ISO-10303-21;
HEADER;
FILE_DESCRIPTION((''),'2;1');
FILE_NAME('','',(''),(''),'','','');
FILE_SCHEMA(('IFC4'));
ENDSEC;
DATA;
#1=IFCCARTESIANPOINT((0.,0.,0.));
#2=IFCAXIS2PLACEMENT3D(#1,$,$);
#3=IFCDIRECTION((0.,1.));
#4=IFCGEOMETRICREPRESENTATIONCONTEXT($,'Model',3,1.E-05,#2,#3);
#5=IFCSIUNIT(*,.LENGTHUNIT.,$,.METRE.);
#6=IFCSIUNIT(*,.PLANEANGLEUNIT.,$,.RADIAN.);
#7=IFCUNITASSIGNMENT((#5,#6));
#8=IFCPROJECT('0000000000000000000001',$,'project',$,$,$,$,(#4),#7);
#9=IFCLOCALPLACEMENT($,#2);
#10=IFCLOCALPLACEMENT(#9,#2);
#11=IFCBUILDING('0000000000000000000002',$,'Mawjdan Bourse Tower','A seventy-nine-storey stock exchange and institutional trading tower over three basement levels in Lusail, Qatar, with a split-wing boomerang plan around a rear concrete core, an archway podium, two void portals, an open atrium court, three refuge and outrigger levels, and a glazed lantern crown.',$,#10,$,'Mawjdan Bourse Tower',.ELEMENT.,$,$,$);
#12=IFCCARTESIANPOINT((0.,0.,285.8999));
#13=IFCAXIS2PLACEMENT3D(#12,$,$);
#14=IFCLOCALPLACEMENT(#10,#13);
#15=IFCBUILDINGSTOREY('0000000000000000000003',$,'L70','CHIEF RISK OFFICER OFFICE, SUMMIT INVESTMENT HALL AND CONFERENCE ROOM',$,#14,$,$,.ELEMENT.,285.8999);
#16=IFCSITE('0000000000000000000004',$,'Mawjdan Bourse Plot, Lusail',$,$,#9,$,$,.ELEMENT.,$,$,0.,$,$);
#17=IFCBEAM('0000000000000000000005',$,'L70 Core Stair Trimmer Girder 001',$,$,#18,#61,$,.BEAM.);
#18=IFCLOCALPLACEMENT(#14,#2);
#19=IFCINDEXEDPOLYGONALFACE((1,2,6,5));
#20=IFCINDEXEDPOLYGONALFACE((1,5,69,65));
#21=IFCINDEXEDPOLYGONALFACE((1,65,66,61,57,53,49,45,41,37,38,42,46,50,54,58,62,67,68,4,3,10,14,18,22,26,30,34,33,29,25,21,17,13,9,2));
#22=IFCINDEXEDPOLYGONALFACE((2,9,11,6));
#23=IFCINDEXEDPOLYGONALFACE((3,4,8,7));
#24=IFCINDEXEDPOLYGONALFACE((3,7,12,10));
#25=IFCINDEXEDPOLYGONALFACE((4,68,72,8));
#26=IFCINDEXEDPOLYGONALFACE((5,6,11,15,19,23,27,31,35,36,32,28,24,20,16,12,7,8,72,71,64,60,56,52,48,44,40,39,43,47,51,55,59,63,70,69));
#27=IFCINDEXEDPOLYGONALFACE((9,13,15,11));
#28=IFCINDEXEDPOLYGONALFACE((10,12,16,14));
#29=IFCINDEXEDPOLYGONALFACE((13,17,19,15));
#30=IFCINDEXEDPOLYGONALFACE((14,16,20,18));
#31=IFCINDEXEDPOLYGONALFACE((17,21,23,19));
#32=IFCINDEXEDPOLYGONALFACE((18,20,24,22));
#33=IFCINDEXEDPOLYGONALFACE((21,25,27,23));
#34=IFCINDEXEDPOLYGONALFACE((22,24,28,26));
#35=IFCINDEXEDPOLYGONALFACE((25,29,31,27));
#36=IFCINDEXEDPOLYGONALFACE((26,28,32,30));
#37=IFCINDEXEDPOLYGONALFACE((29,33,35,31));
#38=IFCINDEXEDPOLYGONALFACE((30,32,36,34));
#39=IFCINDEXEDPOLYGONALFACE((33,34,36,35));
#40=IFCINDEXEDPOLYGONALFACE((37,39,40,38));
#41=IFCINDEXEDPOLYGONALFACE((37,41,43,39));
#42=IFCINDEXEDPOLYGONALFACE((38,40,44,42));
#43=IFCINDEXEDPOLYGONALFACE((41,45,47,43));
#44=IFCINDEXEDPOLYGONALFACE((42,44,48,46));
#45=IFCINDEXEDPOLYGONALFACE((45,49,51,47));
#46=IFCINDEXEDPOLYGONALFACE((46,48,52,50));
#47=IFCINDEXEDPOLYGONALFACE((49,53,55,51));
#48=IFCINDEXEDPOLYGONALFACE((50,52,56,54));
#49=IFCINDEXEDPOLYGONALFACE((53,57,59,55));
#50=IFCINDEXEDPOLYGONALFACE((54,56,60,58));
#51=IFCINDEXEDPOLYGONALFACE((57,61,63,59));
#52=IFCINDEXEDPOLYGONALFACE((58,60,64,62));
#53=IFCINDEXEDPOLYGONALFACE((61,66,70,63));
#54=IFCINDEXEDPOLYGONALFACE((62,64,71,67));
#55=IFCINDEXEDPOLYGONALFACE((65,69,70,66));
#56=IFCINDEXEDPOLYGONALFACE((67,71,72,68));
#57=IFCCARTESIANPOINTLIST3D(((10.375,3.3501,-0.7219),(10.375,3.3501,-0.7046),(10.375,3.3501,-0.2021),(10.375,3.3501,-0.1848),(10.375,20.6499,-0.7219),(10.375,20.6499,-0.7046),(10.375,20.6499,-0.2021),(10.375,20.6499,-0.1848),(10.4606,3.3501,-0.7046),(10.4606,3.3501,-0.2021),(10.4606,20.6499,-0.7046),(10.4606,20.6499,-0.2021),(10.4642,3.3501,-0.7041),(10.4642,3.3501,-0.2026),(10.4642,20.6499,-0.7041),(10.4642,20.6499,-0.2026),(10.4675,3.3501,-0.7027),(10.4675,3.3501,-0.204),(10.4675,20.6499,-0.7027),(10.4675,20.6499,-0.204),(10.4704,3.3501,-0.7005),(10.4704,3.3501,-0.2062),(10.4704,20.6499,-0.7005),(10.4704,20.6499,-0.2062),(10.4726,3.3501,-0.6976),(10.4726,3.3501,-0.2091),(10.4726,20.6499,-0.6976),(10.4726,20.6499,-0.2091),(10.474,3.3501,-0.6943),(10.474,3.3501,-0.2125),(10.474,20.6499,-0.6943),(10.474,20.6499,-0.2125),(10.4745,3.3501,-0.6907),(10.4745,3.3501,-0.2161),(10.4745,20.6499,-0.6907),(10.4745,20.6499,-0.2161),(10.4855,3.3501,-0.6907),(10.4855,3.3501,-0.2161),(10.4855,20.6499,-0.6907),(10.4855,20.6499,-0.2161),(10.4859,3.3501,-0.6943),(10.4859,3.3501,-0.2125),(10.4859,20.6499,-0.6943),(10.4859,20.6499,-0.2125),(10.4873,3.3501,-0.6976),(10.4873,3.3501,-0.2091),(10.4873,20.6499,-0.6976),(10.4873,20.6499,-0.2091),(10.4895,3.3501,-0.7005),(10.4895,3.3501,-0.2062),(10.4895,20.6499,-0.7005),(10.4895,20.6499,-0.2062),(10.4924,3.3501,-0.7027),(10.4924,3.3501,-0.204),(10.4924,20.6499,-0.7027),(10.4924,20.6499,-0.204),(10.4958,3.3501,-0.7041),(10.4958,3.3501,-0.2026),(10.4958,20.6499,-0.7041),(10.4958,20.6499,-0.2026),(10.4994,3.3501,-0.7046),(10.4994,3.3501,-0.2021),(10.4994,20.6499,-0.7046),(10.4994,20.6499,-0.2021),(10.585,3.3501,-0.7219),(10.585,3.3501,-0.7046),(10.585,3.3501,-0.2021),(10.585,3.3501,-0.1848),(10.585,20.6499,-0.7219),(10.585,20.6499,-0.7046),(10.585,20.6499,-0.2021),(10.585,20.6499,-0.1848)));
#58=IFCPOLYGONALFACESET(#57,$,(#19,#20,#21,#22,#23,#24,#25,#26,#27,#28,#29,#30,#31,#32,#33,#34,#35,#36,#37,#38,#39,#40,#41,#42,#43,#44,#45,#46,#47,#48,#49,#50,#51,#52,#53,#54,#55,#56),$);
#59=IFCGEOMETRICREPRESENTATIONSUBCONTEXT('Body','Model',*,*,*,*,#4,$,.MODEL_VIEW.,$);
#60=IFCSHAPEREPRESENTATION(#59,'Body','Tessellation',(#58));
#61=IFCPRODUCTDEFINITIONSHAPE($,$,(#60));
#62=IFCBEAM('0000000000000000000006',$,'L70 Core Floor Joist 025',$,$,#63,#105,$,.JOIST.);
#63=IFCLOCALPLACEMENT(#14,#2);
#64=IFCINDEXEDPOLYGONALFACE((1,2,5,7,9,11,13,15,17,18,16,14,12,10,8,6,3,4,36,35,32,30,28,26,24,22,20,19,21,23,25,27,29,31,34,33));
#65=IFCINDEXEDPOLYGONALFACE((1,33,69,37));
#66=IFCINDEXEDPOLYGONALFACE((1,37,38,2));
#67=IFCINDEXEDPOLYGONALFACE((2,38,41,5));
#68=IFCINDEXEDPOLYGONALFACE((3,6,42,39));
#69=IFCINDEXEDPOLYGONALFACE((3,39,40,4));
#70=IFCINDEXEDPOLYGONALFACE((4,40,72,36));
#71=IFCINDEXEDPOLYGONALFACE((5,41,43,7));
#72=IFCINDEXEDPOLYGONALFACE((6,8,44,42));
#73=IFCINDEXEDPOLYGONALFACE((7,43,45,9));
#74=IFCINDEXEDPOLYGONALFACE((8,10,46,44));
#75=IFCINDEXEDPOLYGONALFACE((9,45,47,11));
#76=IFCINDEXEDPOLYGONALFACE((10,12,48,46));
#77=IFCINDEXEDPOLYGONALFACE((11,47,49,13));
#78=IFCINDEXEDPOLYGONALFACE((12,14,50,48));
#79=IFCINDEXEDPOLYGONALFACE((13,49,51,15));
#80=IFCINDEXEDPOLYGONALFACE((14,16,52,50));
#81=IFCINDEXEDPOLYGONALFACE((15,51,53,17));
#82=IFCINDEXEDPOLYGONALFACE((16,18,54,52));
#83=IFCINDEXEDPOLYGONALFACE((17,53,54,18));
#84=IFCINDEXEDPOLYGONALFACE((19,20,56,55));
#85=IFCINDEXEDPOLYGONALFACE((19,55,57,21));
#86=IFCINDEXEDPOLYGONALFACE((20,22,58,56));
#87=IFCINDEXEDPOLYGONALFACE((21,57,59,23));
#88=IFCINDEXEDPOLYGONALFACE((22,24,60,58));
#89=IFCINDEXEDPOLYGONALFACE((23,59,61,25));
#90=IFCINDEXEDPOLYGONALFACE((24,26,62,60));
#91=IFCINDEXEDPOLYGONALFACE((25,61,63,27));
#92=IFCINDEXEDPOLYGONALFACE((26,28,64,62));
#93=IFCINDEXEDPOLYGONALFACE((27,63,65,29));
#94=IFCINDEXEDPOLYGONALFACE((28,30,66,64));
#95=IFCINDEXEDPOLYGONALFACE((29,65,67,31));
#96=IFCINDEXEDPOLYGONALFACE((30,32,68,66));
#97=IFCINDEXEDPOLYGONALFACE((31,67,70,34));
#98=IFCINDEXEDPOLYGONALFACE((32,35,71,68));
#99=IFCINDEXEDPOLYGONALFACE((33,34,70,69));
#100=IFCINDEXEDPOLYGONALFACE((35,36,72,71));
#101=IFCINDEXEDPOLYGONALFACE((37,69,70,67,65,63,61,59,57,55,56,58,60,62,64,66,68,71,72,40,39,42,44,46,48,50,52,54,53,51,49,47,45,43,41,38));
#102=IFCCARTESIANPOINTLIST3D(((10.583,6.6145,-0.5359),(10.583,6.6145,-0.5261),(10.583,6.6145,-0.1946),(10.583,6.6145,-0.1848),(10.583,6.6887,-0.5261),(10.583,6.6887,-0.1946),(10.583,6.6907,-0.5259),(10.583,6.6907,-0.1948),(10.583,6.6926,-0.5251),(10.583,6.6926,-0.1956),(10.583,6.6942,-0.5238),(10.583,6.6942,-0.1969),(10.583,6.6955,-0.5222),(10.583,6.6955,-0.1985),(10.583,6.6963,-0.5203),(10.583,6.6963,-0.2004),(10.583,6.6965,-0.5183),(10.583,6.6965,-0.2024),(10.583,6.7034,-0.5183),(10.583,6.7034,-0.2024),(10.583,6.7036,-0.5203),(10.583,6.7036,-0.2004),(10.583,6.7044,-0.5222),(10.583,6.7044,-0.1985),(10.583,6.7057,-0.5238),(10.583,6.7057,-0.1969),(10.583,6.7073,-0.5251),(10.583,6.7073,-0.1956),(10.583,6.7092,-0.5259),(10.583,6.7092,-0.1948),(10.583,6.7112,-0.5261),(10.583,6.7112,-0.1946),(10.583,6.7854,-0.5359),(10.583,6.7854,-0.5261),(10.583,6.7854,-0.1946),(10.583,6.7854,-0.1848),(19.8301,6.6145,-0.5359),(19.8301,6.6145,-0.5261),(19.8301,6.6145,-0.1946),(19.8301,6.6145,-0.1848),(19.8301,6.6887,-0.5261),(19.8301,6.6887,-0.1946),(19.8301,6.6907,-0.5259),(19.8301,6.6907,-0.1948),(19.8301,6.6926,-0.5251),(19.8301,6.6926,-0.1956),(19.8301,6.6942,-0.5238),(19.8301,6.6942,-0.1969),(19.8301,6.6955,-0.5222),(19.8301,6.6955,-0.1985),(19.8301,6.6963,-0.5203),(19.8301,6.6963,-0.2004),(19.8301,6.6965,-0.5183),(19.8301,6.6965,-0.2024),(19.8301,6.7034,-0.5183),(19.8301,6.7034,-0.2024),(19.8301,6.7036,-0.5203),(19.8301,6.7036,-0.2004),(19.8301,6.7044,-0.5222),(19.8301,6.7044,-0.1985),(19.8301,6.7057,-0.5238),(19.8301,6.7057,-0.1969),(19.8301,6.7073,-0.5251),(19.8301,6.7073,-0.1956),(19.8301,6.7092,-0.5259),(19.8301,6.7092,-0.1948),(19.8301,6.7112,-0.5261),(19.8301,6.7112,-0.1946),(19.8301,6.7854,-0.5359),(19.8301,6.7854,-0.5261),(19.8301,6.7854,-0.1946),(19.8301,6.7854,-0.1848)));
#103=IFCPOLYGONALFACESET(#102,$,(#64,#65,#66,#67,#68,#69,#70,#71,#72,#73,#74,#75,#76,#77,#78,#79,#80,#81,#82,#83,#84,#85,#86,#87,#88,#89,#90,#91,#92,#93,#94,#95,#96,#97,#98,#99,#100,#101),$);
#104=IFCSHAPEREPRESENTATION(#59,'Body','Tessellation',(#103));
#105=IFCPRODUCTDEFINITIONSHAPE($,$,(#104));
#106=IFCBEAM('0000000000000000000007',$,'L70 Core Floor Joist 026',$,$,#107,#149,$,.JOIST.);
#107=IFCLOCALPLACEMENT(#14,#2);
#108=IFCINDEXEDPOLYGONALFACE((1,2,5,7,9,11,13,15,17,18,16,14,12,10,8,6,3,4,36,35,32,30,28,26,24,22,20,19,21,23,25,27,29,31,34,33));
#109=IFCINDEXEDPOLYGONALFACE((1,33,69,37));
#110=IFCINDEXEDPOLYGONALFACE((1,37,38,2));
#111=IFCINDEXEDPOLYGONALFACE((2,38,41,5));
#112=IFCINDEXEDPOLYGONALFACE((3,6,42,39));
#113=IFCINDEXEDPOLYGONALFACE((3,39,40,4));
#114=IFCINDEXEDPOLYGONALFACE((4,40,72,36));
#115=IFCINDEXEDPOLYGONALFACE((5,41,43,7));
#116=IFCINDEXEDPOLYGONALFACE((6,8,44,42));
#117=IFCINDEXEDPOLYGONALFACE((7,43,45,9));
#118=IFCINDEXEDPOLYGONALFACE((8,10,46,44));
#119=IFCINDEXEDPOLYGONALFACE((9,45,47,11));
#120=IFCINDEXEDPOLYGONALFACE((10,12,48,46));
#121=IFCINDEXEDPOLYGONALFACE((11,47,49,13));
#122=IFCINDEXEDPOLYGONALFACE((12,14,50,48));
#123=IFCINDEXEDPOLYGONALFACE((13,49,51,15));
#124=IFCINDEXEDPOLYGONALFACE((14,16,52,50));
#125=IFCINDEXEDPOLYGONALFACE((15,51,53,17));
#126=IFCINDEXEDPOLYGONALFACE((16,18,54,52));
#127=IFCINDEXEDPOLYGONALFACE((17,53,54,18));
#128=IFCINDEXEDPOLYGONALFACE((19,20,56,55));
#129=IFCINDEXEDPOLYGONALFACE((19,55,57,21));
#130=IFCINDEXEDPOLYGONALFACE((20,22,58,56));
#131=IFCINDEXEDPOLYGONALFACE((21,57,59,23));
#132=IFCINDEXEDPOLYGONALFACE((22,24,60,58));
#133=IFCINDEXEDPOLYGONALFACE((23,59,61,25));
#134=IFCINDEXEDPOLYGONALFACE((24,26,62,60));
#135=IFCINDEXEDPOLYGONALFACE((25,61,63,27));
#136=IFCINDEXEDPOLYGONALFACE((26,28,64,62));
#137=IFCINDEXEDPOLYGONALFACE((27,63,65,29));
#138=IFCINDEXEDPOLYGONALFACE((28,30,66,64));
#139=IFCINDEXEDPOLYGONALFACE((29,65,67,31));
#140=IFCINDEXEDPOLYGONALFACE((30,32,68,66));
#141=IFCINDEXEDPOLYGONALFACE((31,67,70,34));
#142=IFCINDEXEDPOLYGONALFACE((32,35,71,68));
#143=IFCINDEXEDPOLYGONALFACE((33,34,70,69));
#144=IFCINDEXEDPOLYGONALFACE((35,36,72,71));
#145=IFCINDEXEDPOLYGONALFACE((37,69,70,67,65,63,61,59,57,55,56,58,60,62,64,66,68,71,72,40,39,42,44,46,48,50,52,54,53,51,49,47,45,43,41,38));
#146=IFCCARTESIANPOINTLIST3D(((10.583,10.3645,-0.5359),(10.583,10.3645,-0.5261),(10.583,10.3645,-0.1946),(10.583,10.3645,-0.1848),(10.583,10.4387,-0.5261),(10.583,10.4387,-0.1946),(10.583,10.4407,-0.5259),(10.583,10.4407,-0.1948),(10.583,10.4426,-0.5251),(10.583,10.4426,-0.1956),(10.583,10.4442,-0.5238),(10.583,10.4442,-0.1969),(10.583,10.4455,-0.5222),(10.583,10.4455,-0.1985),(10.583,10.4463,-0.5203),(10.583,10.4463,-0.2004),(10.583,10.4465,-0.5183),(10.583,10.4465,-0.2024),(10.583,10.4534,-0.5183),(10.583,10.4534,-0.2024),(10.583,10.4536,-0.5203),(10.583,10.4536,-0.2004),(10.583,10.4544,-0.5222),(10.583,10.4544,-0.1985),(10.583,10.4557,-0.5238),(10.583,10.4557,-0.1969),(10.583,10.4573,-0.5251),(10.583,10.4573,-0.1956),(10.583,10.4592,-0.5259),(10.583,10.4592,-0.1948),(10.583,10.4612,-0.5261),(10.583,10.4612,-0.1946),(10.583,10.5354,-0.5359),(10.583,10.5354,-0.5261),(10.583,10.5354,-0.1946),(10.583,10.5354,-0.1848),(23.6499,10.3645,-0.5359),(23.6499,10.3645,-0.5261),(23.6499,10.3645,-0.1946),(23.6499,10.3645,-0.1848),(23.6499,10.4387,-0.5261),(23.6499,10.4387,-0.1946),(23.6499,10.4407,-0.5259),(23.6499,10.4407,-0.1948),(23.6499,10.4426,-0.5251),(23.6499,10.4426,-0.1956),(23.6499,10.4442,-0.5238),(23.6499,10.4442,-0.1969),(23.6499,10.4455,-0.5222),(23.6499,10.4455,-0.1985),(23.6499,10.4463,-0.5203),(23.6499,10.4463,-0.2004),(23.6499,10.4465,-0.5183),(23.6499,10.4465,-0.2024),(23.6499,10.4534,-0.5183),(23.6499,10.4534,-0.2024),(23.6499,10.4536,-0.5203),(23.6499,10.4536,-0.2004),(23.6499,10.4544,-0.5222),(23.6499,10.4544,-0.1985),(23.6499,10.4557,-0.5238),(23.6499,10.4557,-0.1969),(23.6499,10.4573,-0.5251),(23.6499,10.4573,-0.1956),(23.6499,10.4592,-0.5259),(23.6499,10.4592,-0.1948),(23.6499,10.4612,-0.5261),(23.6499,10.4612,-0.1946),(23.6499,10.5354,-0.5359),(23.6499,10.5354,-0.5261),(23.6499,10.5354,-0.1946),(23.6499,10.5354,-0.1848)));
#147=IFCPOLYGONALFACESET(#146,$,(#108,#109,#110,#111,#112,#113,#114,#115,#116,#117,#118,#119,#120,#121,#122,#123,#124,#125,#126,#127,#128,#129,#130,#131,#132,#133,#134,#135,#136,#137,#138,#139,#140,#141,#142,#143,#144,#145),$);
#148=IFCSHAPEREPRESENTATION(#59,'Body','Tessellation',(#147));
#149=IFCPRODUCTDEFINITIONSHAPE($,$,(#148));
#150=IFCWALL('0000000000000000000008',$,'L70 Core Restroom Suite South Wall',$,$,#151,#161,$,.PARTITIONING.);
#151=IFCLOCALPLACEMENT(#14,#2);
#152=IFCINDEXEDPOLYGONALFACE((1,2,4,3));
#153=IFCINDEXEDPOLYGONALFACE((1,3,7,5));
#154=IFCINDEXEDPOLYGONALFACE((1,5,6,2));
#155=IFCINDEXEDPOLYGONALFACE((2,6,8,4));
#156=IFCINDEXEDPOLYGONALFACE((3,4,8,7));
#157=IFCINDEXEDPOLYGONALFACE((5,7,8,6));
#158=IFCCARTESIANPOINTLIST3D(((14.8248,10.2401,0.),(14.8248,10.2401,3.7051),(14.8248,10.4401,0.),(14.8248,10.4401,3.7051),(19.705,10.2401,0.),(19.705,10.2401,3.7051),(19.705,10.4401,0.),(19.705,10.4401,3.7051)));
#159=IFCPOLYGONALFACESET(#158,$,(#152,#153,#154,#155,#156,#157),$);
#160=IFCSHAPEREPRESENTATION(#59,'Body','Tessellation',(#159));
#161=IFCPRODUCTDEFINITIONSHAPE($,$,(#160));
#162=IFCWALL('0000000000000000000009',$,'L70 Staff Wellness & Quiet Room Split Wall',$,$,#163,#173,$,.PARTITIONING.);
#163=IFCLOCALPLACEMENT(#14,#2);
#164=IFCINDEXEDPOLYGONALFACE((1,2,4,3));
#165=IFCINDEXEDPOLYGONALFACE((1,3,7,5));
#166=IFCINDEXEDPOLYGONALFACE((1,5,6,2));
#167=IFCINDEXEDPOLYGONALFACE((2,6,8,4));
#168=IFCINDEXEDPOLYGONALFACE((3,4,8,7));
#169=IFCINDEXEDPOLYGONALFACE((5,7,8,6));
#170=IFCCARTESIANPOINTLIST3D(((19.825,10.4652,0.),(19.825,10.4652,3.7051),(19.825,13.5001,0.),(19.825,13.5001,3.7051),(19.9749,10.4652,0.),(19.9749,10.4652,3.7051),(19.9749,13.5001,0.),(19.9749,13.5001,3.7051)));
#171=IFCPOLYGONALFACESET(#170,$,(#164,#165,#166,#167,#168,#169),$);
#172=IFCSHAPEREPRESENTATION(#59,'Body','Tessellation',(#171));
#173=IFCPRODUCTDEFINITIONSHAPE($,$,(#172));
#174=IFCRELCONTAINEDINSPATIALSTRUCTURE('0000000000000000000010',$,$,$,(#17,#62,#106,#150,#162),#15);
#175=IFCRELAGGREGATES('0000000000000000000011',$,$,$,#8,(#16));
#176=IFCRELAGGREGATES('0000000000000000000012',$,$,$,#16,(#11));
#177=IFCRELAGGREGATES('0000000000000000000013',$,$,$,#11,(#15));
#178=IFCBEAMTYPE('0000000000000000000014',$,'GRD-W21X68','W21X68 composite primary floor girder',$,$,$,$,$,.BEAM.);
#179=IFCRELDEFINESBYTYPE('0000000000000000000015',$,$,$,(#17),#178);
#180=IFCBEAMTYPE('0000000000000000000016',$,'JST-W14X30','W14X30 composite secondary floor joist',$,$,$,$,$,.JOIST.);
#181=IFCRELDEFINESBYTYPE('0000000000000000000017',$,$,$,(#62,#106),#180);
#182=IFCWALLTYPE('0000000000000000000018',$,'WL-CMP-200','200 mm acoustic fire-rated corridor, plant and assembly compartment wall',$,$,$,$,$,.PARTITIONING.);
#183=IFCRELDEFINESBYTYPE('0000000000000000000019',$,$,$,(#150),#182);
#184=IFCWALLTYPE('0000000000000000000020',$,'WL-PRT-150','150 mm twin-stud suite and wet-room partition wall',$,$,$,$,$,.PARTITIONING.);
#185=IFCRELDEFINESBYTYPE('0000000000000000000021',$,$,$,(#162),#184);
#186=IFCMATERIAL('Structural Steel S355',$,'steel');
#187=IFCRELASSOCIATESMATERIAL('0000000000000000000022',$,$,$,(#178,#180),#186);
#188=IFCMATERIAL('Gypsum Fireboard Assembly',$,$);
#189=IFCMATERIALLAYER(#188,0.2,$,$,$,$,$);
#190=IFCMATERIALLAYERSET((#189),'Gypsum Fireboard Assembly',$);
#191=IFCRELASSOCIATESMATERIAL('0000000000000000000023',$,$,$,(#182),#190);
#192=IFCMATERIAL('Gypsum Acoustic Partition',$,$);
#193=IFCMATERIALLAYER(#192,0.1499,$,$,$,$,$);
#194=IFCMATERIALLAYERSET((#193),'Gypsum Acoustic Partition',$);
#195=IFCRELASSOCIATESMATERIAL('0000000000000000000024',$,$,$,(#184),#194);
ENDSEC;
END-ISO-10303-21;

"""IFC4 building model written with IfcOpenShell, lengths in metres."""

from ifc_helpers import new_model, si_unit, direction, frame, frame_2d, origin, origin_2d, place, context, subcontext, project, spatial, rectangle, i_section, extrude, material, layer, layer_set, material_profile, profile_set, type_object, element, save


model = new_model("IFC4")

# Units and contexts
model_context = context("Model", 3, precision=1e-05, world=origin(), true_north=direction((0.0, 1.0)))
body_context = subcontext(model_context, "Body", "Model", "MODEL_VIEW")
ifc_project = project(units=[si_unit("LENGTHUNIT", "METRE"), si_unit("PLANEANGLEUNIT", "RADIAN")], contexts=[model_context])

# Site, building, storey
site_placement = place(None, origin())
site = spatial("IfcSite", under=ifc_project, at=site_placement, Name="Mawjdan Bourse Plot, Lusail", CompositionType="ELEMENT", RefElevation=0.0)
building_placement = place(site_placement, origin())
building = spatial("IfcBuilding", under=site, at=building_placement, Name="Mawjdan Bourse Tower", Description="A seventy-nine-storey stock exchange and institutional trading tower over three basement levels in Lusail, Qatar, with a split-wing boomerang plan around a rear concrete core, an archway podium, two void portals, an open atrium court, three refuge and outrigger levels, and a glazed lantern crown.", LongName="Mawjdan Bourse Tower", CompositionType="ELEMENT")
storey_placement = place(building_placement, frame((0.0, 0.0, 285.8999)))
storey = spatial("IfcBuildingStorey", under=building, at=storey_placement, Name="L70", Description="CHIEF RISK OFFICER OFFICE, SUMMIT INVESTMENT HALL AND CONFERENCE ROOM", CompositionType="ELEMENT", Elevation=285.8999)

# Beams
ifc_material_1 = material(Name="Structural Steel S355", Category="steel")
ifc_material_profile_1 = material_profile(ifc_material_1, i_section(OverallWidth=0.21, OverallDepth=0.5371, WebThickness=0.011, FlangeThickness=0.0173, FilletRadius=0.0139, at=origin_2d()), Name="W21X68")
ifc_profile_set_1 = profile_set([ifc_material_profile_1], Name="Structural Steel S355")
beam_type_1 = type_object("IfcBeamType", Name="GRD-W21X68", Description="W21X68 composite primary floor girder", PredefinedType="BEAM", material=ifc_profile_set_1)
beam_1_placement = place(storey_placement, frame((10.48, 3.3501, -0.4534), z_axis=(0.0, 1.0, 0.0), x_axis=(-1.0, 0.0, 0.0)))
element("IfcBeam", 1, at=beam_1_placement, inside=storey, type_object=beam_type_1, Name="L70 Core Stair Trimmer Girder 001", PredefinedType="BEAM", context=body_context, shape_type="SweptSolid", body=[
    extrude(i_section(OverallWidth=0.21, OverallDepth=0.5371, WebThickness=0.011, FlangeThickness=0.0173, FilletRadius=0.0139, at=origin_2d()), origin(), (0.0, 0.0, 1.0), 17.2998),
])
ifc_material_profile_2 = material_profile(ifc_material_1, i_section(OverallWidth=0.1709, OverallDepth=0.3511, WebThickness=0.0068, FlangeThickness=0.0098, FilletRadius=0.0078, at=origin_2d()), Name="W14X30")
ifc_profile_set_2 = profile_set([ifc_material_profile_2], Name="Structural Steel S355")
beam_type_2 = type_object("IfcBeamType", Name="JST-W14X30", Description="W14X30 composite secondary floor joist", PredefinedType="JOIST", material=ifc_profile_set_2)
beam_2_placement = place(storey_placement, frame((10.583, 6.7, -0.3604), z_axis=(1.0, 0.0, 0.0), x_axis=(0.0, 1.0, 0.0)))
element("IfcBeam", 2, at=beam_2_placement, inside=storey, type_object=beam_type_2, Name="L70 Core Floor Joist 025", PredefinedType="JOIST", context=body_context, shape_type="SweptSolid", body=[
    extrude(i_section(OverallWidth=0.1709, OverallDepth=0.3511, WebThickness=0.0068, FlangeThickness=0.0098, FilletRadius=0.0078, at=origin_2d()), origin(), (0.0, 0.0, 1.0), 9.2471),
])
beam_3_placement = place(storey_placement, frame((10.583, 10.45, -0.3604), z_axis=(1.0, 0.0, 0.0), x_axis=(0.0, 1.0, 0.0)))
element("IfcBeam", 3, at=beam_3_placement, inside=storey, type_object=beam_type_2, Name="L70 Core Floor Joist 026", PredefinedType="JOIST", context=body_context, shape_type="SweptSolid", body=[
    extrude(i_section(OverallWidth=0.1709, OverallDepth=0.3511, WebThickness=0.0068, FlangeThickness=0.0098, FilletRadius=0.0078, at=origin_2d()), origin(), (0.0, 0.0, 1.0), 13.0669),
])

# Shared definitions
ifc_material_2 = material(Name="Gypsum Fireboard Assembly")
ifc_layer_1 = layer(ifc_material_2, 0.2)
ifc_layer_set_1 = layer_set([ifc_layer_1], Name="Gypsum Fireboard Assembly")
wall_type_1 = type_object("IfcWallType", Name="WL-CMP-200", Description="200 mm acoustic fire-rated corridor, plant and assembly compartment wall", PredefinedType="PARTITIONING", material=ifc_layer_set_1)

# Walls
wall_1_placement = place(storey_placement, frame((14.825, 10.3401, 0.0), z_axis=(0.0, 0.0, 1.0), x_axis=(1.0, 0.0, 0.0)))
element("IfcWall", 4, at=wall_1_placement, inside=storey, type_object=wall_type_1, Name="L70 Core Restroom Suite South Wall", PredefinedType="PARTITIONING", context=body_context, shape_type="SweptSolid", body=[
    extrude(rectangle(XDim=4.8801, YDim=0.2, at=frame_2d((2.4399, 0.0))), origin(), (0.0, 0.0, 1.0), 3.7051),
])
ifc_material_3 = material(Name="Gypsum Acoustic Partition")
ifc_layer_2 = layer(ifc_material_3, 0.1499)
ifc_layer_set_2 = layer_set([ifc_layer_2], Name="Gypsum Acoustic Partition")
wall_type_2 = type_object("IfcWallType", Name="WL-PRT-150", Description="150 mm twin-stud suite and wet-room partition wall", PredefinedType="PARTITIONING", material=ifc_layer_set_2)
wall_2_placement = place(storey_placement, frame((19.8999, 10.4651, 0.0), z_axis=(0.0, 0.0, 1.0), x_axis=(0.0, 1.0, 0.0)))
element("IfcWall", 5, at=wall_2_placement, inside=storey, type_object=wall_type_2, Name="L70 Staff Wellness & Quiet Room Split Wall", PredefinedType="PARTITIONING", context=body_context, shape_type="SweptSolid", body=[
    extrude(rectangle(XDim=3.0349, YDim=0.1499, at=frame_2d((1.5176, 0.0))), origin(), (0.0, 0.0, 1.0), 3.7051),
])

save(model, "model.ifc")
